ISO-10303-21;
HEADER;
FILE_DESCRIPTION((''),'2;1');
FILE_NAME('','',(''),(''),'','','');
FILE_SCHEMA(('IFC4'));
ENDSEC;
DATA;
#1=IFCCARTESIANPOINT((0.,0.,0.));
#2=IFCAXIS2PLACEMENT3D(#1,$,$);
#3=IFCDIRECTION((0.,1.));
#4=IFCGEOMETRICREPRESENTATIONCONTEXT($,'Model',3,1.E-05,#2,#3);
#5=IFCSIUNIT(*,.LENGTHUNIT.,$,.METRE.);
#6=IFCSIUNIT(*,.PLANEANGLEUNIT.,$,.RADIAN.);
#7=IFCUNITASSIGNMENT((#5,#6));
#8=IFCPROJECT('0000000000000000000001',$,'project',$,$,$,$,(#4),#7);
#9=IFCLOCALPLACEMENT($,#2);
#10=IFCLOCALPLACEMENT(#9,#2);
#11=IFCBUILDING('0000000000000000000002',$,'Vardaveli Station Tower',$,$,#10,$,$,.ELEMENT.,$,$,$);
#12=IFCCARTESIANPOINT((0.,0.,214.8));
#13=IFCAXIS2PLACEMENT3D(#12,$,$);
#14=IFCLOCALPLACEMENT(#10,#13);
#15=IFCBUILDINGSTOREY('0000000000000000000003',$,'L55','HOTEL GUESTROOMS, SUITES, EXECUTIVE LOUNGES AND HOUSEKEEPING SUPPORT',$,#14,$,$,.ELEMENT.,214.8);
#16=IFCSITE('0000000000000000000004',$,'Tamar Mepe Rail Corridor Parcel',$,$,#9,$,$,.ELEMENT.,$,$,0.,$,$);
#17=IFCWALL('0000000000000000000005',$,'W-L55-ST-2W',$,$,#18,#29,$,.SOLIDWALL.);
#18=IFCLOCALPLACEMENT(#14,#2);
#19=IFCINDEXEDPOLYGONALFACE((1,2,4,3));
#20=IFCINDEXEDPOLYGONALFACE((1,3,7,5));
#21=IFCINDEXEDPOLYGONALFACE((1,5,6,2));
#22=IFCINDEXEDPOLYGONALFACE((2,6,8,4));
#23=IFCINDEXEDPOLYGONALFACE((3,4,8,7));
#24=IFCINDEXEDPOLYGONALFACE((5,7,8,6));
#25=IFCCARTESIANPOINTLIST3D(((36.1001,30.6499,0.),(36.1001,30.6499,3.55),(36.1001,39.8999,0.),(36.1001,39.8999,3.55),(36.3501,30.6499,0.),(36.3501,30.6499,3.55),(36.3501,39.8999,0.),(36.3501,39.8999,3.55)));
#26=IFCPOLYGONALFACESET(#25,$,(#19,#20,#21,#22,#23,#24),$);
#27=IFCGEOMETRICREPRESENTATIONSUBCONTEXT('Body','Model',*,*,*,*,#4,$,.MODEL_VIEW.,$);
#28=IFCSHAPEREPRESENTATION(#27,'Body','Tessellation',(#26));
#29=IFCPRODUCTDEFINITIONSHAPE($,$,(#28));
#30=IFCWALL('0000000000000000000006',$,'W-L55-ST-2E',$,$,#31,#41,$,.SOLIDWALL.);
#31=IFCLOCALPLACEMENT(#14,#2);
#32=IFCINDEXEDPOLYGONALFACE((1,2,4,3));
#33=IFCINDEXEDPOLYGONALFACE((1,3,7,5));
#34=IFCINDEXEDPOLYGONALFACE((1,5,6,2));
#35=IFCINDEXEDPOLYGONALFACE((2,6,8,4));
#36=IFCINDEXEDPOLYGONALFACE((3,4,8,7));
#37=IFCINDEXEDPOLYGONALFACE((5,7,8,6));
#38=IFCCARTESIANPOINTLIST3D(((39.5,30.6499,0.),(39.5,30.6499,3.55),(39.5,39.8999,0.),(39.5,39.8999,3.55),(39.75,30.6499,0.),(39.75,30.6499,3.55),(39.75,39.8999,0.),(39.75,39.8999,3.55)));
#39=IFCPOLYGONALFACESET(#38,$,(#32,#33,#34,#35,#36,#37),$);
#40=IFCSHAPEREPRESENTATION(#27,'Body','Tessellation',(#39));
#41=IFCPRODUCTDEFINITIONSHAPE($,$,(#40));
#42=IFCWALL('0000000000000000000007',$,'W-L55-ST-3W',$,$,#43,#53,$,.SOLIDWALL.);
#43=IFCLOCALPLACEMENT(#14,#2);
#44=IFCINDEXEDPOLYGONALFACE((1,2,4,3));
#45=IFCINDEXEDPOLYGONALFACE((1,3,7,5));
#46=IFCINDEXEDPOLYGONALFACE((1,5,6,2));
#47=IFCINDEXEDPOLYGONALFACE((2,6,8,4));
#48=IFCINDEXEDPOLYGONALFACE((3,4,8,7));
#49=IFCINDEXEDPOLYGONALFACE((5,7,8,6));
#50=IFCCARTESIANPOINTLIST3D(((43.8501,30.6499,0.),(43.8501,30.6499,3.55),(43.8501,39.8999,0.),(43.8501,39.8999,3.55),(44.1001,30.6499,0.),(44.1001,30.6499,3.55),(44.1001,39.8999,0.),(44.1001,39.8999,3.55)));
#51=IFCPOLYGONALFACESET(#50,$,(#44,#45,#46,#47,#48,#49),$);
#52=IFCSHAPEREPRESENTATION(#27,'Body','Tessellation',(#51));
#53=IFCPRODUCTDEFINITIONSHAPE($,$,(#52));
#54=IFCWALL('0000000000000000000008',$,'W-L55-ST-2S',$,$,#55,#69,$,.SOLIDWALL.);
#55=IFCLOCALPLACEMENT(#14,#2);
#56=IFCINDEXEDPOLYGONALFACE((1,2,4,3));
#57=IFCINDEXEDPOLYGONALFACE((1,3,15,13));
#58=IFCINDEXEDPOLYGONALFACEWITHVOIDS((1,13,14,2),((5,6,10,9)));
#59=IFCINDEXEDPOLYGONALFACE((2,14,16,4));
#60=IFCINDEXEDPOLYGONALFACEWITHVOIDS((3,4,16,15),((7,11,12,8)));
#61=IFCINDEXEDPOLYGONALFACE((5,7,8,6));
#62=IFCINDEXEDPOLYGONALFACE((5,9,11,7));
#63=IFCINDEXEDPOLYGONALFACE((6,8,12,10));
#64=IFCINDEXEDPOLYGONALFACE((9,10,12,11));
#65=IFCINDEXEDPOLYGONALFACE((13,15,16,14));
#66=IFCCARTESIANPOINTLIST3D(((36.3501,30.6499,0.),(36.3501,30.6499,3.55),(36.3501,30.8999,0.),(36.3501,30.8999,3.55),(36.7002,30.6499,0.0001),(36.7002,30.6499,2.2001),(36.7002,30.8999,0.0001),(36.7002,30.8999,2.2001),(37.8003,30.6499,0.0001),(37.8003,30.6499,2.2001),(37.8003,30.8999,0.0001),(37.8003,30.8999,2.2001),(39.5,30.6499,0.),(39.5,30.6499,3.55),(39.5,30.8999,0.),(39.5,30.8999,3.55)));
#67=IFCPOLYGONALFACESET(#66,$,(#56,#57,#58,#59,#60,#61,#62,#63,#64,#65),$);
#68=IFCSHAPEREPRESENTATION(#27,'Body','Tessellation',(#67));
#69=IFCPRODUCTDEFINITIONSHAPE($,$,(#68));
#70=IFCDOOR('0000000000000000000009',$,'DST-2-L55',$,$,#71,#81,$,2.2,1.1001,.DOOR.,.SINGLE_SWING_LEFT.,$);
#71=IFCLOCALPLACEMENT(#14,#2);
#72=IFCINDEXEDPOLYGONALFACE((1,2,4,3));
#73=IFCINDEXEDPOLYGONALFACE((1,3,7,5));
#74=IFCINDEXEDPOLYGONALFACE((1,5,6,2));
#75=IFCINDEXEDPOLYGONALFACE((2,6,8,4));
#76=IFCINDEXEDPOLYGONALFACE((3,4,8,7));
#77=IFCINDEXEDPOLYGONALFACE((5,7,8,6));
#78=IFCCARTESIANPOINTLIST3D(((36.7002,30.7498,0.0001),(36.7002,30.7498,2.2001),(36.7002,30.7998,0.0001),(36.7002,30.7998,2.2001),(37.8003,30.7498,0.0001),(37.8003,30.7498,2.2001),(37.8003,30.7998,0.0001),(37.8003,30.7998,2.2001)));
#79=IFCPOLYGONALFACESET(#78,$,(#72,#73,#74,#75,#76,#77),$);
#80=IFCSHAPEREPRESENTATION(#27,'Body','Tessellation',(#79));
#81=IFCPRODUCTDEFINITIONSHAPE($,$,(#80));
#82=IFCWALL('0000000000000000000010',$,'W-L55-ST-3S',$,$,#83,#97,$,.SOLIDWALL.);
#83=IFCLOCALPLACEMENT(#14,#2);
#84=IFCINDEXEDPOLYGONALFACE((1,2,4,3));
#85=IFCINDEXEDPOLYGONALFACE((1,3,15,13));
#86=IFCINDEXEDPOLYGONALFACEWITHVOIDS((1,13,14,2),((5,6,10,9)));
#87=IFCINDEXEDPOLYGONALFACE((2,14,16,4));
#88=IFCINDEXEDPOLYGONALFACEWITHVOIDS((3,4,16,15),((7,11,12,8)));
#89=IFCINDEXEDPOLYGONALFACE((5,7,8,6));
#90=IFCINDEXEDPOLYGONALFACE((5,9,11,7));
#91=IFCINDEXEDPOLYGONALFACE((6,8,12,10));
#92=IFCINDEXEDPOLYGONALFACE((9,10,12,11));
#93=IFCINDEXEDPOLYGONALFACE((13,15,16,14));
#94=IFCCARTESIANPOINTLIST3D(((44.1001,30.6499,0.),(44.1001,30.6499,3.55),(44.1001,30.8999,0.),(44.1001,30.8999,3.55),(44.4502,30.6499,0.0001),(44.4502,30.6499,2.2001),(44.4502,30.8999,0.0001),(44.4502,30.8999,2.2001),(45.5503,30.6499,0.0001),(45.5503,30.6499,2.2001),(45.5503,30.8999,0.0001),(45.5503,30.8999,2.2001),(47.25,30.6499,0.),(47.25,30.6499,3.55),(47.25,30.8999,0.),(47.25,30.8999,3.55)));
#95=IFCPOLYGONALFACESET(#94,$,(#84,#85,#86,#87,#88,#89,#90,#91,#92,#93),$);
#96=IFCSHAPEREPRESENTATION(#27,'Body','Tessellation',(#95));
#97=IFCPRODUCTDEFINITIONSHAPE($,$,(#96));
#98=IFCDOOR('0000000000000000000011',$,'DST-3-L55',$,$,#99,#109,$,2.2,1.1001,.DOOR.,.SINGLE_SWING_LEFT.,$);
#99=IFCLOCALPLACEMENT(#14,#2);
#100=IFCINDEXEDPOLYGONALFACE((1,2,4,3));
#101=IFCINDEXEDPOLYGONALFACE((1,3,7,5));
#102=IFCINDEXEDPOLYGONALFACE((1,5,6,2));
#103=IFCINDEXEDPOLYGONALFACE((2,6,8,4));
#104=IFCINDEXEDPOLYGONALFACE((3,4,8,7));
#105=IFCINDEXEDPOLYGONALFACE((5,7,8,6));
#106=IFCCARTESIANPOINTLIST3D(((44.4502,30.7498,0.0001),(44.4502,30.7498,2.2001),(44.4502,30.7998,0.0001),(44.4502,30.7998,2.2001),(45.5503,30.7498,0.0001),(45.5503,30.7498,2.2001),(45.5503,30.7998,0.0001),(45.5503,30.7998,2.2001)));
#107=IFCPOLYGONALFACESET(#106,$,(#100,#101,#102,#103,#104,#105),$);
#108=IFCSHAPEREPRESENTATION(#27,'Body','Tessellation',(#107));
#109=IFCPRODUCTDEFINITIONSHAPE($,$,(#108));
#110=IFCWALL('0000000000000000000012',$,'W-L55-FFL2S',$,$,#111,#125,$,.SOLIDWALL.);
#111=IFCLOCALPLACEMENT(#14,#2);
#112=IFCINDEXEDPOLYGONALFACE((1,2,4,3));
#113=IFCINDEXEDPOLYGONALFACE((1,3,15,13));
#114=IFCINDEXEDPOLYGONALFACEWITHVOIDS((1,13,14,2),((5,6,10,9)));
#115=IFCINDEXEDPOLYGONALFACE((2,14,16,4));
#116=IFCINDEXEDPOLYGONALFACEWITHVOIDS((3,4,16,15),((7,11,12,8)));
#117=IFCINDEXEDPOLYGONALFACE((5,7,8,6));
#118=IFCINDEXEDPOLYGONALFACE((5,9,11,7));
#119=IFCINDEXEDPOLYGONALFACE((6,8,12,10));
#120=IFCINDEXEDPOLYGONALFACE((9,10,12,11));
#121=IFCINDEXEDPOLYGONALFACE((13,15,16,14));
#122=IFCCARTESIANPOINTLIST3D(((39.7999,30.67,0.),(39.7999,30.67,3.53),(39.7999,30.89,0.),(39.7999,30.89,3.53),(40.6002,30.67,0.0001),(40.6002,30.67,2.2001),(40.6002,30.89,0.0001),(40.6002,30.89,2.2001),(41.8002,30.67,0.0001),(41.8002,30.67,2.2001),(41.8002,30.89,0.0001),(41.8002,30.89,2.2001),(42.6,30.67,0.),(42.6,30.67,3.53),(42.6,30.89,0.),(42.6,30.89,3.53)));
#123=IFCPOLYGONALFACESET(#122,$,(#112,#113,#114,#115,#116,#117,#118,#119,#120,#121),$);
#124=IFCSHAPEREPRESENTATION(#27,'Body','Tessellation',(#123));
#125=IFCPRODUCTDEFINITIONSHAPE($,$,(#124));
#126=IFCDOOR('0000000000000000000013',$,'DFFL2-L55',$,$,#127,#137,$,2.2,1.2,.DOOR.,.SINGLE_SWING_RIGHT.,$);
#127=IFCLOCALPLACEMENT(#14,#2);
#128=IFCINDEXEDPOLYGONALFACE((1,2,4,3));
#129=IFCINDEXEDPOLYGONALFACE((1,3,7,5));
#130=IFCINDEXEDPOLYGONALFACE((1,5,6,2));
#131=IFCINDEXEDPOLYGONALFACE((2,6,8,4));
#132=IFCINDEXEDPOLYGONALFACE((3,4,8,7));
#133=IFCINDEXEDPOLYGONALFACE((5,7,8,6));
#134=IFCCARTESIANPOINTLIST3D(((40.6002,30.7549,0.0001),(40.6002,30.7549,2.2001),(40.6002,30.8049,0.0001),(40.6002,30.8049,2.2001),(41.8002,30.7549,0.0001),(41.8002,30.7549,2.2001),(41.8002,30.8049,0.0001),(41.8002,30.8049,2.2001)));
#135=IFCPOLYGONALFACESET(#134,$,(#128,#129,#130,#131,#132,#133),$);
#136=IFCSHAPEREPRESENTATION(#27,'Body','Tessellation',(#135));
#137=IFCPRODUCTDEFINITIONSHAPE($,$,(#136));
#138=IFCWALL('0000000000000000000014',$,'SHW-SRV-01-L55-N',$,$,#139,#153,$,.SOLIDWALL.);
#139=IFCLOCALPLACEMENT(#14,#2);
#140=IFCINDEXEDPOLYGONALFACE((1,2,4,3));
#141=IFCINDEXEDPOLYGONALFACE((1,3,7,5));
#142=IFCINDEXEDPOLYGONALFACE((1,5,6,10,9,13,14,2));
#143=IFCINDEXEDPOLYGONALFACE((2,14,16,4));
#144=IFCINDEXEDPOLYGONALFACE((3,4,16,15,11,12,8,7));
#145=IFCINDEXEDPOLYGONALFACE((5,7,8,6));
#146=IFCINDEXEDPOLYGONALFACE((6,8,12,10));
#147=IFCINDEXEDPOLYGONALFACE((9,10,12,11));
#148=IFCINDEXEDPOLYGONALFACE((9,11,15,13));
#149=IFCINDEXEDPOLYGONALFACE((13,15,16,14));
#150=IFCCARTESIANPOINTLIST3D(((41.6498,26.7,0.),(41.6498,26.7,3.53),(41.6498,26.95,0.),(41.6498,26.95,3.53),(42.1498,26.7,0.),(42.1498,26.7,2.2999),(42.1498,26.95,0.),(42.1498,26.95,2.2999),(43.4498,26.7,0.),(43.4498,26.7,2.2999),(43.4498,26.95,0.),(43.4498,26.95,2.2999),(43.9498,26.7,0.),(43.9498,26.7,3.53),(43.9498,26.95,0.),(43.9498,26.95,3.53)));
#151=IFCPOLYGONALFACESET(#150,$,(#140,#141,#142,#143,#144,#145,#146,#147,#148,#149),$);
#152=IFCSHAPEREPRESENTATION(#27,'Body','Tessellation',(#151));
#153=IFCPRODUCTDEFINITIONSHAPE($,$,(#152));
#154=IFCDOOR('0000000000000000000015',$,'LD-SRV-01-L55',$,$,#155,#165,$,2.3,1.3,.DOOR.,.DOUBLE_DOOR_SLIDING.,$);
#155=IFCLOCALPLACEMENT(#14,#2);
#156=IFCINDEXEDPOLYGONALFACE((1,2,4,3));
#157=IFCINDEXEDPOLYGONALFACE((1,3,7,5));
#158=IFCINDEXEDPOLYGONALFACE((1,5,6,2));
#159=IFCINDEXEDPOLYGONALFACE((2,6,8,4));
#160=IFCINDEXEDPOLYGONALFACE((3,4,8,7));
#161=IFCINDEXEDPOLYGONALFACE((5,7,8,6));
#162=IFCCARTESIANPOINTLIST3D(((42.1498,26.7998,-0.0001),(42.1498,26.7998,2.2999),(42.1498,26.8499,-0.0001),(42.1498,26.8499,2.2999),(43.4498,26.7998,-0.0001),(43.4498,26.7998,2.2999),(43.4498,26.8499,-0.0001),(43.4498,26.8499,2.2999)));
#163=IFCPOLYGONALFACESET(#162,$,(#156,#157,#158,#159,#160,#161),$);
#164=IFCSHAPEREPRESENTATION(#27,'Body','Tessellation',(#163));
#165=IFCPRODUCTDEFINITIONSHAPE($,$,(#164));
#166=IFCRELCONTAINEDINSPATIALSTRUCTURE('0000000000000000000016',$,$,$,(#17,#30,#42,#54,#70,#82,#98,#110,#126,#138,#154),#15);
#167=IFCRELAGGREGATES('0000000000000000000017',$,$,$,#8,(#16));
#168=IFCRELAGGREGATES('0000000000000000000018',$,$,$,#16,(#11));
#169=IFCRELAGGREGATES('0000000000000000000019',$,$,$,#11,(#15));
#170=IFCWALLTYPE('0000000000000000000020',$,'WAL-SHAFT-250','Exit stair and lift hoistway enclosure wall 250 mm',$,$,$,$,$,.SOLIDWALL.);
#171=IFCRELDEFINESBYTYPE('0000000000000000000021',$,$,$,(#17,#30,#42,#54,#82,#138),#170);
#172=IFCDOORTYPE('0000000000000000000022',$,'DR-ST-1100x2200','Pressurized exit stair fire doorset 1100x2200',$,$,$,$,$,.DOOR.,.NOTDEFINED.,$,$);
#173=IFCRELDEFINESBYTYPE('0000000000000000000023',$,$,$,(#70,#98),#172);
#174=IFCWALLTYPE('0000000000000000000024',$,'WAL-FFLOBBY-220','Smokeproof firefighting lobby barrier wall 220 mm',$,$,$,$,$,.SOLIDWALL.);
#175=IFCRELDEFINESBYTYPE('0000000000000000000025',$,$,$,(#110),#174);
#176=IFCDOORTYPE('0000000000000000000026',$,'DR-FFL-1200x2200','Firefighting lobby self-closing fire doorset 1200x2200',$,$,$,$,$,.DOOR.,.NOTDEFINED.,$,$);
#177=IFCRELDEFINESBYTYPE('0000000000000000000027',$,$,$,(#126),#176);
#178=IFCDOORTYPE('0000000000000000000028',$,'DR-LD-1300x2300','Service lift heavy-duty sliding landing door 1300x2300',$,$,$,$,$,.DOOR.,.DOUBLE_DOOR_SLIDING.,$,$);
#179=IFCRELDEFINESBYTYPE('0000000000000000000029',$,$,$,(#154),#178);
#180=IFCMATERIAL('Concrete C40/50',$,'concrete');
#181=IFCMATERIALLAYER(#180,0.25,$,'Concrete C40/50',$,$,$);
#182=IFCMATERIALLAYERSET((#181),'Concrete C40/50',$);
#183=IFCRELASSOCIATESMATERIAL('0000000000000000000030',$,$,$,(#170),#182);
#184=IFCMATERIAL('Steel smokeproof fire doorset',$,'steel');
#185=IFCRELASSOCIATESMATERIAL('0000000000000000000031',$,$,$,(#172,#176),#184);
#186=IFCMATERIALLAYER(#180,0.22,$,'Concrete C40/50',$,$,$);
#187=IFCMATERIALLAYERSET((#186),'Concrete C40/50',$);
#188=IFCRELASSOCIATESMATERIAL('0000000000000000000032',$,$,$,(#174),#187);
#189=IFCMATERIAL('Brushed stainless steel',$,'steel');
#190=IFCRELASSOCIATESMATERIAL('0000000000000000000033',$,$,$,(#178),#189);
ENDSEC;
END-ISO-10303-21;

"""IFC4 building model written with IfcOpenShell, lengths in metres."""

from ifc_helpers import new_model, si_unit, direction, frame, frame_2d, origin, place, context, subcontext, project, spatial, rectangle, extrude, source, transform, mapped, material, layer, layer_set, type_object, element, fill, save


model = new_model("IFC4")

# Units and contexts
model_context = context("Model", 3, precision=1e-05, world=origin(), true_north=direction((0.0, 1.0)))
body_context = subcontext(model_context, "Body", "Model", "MODEL_VIEW")
ifc_project = project(units=[si_unit("LENGTHUNIT", "METRE"), si_unit("PLANEANGLEUNIT", "RADIAN")], contexts=[model_context])

# Site, building, storey
site_placement = place(None, origin())
site = spatial("IfcSite", under=ifc_project, at=site_placement, Name="Tamar Mepe Rail Corridor Parcel", CompositionType="ELEMENT", RefElevation=0.0)
building_placement = place(site_placement, origin())
building = spatial("IfcBuilding", under=site, at=building_placement, Name="Vardaveli Station Tower", CompositionType="ELEMENT")
storey_placement = place(building_placement, frame((0.0, 0.0, 214.8)))
storey = spatial("IfcBuildingStorey", under=building, at=storey_placement, Name="L55", Description="HOTEL GUESTROOMS, SUITES, EXECUTIVE LOUNGES AND HOUSEKEEPING SUPPORT", CompositionType="ELEMENT", Elevation=214.8)

# Walls
ifc_material_1 = material(Name="Concrete C40/50", Category="concrete")
ifc_layer_1 = layer(ifc_material_1, 0.25, Name="Concrete C40/50")
ifc_layer_set_1 = layer_set([ifc_layer_1], Name="Concrete C40/50")
wall_type_1 = type_object("IfcWallType", Name="WAL-SHAFT-250", Description="Exit stair and lift hoistway enclosure wall 250 mm", PredefinedType="SOLIDWALL", material=ifc_layer_set_1)
shared_shape_1 = source(origin(), body_context, "Body", "SweptSolid", [
    extrude(rectangle(XDim=9.25, YDim=0.25, at=frame_2d((4.625, 0.0))), origin(), (0.0, 0.0, 1.0), 3.55),
])
for number, where, z_axis, x_axis, name in (
    (1, (36.2251, 30.6499, 0.0), (0.0, 0.0, 1.0), (0.0, 1.0, 0.0), "W-L55-ST-2W"),
    (2, (39.625, 30.6499, 0.0), (0.0, 0.0, 1.0), (0.0, 1.0, 0.0), "W-L55-ST-2E"),
    (3, (43.9751, 30.6499, 0.0), (0.0, 0.0, 1.0), (0.0, 1.0, 0.0), "W-L55-ST-3W"),
):
    element("IfcWall", number, at=place(storey_placement, frame(where, z_axis=z_axis, x_axis=x_axis)), inside=storey, type_object=wall_type_1, Name=name, PredefinedType="SOLIDWALL", context=body_context, shape_type="MappedRepresentation", body=[
        mapped(shared_shape_1, transform((0.0, 0.0, 0.0), scale=1.0)),
    ])

# Walls, openings, doors
shared_shape_2 = source(origin(), body_context, "Body", "SweptSolid", [
    extrude(rectangle(XDim=3.1499, YDim=0.25, at=frame_2d((1.575, 0.0))), origin(), (0.0, 0.0, 1.0), 3.55),
])
wall_1_placement = place(storey_placement, frame((36.3501, 30.7749, 0.0), z_axis=(0.0, 0.0, 1.0), x_axis=(1.0, 0.0, 0.0)))
wall_1 = element("IfcWall", 4, at=wall_1_placement, inside=storey, type_object=wall_type_1, Name="W-L55-ST-2S", PredefinedType="SOLIDWALL", context=body_context, shape_type="MappedRepresentation", body=[
    mapped(shared_shape_2, transform((0.0, 0.0, 0.0), scale=1.0)),
])
shared_shape_3 = source(origin(), body_context, "Body", "SweptSolid", [
    extrude(rectangle(XDim=1.1001, YDim=2.2, at=frame_2d((0.55, 1.1001))), frame((0.0, 0.135, 0.0), z_axis=(0.0, -1.0, 0.0), x_axis=(1.0, 0.0, 0.0)), (0.0, 0.0, 1.0), 0.27),
])
opening_1_placement = place(wall_1_placement, frame((0.3501, 0.0, 0.0)))
opening_1 = element("IfcOpeningElement", 5, at=opening_1_placement, cuts=wall_1, PredefinedType="OPENING", context=body_context, shape_type="MappedRepresentation", body=[
    mapped(shared_shape_3, transform((0.0, 0.0, 0.0), scale=1.0)),
])
ifc_material_2 = material(Name="Steel smokeproof fire doorset", Category="steel")
door_type_1 = type_object("IfcDoorType", Name="DR-ST-1100x2200", Description="Pressurized exit stair fire doorset 1100x2200", OperationType="NOTDEFINED", PredefinedType="DOOR", material=ifc_material_2)
shared_shape_4 = source(origin(), body_context, "Body", "SweptSolid", [
    extrude(rectangle(XDim=1.1001, YDim=2.2, at=frame_2d((0.55, 1.1001))), frame((0.0, 0.0249, 0.0), z_axis=(0.0, -1.0, 0.0), x_axis=(1.0, 0.0, 0.0)), (0.0, 0.0, 1.0), 0.05),
])
door_1_placement = place(opening_1_placement, origin())
door_1 = element("IfcDoor", 6, at=door_1_placement, inside=storey, type_object=door_type_1, Name="DST-2-L55", OperationType="SINGLE_SWING_LEFT", OverallHeight=2.2, OverallWidth=1.1001, PredefinedType="DOOR", context=body_context, shape_type="MappedRepresentation", body=[
    mapped(shared_shape_4, transform((0.0, 0.0, 0.0), scale=1.0)),
])
fill(opening_1, door_1)
wall_2_placement = place(storey_placement, frame((44.1001, 30.7749, 0.0), z_axis=(0.0, 0.0, 1.0), x_axis=(1.0, 0.0, 0.0)))
wall_2 = element("IfcWall", 7, at=wall_2_placement, inside=storey, type_object=wall_type_1, Name="W-L55-ST-3S", PredefinedType="SOLIDWALL", context=body_context, shape_type="MappedRepresentation", body=[
    mapped(shared_shape_2, transform((0.0, 0.0, 0.0), scale=1.0)),
])
opening_2_placement = place(wall_2_placement, frame((0.3501, 0.0, 0.0)))
opening_2 = element("IfcOpeningElement", 8, at=opening_2_placement, cuts=wall_2, PredefinedType="OPENING", context=body_context, shape_type="MappedRepresentation", body=[
    mapped(shared_shape_3, transform((0.0, 0.0, 0.0), scale=1.0)),
])
door_2_placement = place(opening_2_placement, origin())
door_2 = element("IfcDoor", 9, at=door_2_placement, inside=storey, type_object=door_type_1, Name="DST-3-L55", OperationType="SINGLE_SWING_LEFT", OverallHeight=2.2, OverallWidth=1.1001, PredefinedType="DOOR", context=body_context, shape_type="MappedRepresentation", body=[
    mapped(shared_shape_4, transform((0.0, 0.0, 0.0), scale=1.0)),
])
fill(opening_2, door_2)
ifc_layer_2 = layer(ifc_material_1, 0.22, Name="Concrete C40/50")
ifc_layer_set_2 = layer_set([ifc_layer_2], Name="Concrete C40/50")
wall_type_2 = type_object("IfcWallType", Name="WAL-FFLOBBY-220", Description="Smokeproof firefighting lobby barrier wall 220 mm", PredefinedType="SOLIDWALL", material=ifc_layer_set_2)
shared_shape_5 = source(origin(), body_context, "Body", "SweptSolid", [
    extrude(rectangle(XDim=2.8, YDim=0.22, at=frame_2d((1.3999, 0.0))), origin(), (0.0, 0.0, 1.0), 3.53),
])
wall_3_placement = place(storey_placement, frame((39.8, 30.78, 0.0), z_axis=(0.0, 0.0, 1.0), x_axis=(1.0, 0.0, 0.0)))
wall_3 = element("IfcWall", 10, at=wall_3_placement, inside=storey, type_object=wall_type_2, Name="W-L55-FFL2S", PredefinedType="SOLIDWALL", context=body_context, shape_type="MappedRepresentation", body=[
    mapped(shared_shape_5, transform((0.0, 0.0, 0.0), scale=1.0)),
])
shared_shape_6 = source(origin(), body_context, "Body", "SweptSolid", [
    extrude(rectangle(XDim=1.2, YDim=2.2, at=frame_2d((0.6001, 1.1001))), frame((0.0, 0.1201, 0.0), z_axis=(0.0, -1.0, 0.0), x_axis=(1.0, 0.0, 0.0)), (0.0, 0.0, 1.0), 0.24),
])
opening_3_placement = place(wall_3_placement, frame((0.8, 0.0, 0.0)))
opening_3 = element("IfcOpeningElement", 11, at=opening_3_placement, cuts=wall_3, PredefinedType="OPENING", context=body_context, shape_type="MappedRepresentation", body=[
    mapped(shared_shape_6, transform((0.0, 0.0, 0.0), scale=1.0)),
])
door_type_2 = type_object("IfcDoorType", Name="DR-FFL-1200x2200", Description="Firefighting lobby self-closing fire doorset 1200x2200", OperationType="NOTDEFINED", PredefinedType="DOOR", material=ifc_material_2)
shared_shape_7 = source(origin(), body_context, "Body", "SweptSolid", [
    extrude(rectangle(XDim=1.2, YDim=2.2, at=frame_2d((0.6001, 1.1001))), frame((0.0, 0.0249, 0.0), z_axis=(0.0, -1.0, 0.0), x_axis=(1.0, 0.0, 0.0)), (0.0, 0.0, 1.0), 0.05),
])
door_3_placement = place(opening_3_placement, origin())
door_3 = element("IfcDoor", 12, at=door_3_placement, inside=storey, type_object=door_type_2, Name="DFFL2-L55", OperationType="SINGLE_SWING_RIGHT", OverallHeight=2.2, OverallWidth=1.2, PredefinedType="DOOR", context=body_context, shape_type="MappedRepresentation", body=[
    mapped(shared_shape_7, transform((0.0, 0.0, 0.0), scale=1.0)),
])
fill(opening_3, door_3)
shared_shape_8 = source(origin(), body_context, "Body", "SweptSolid", [
    extrude(rectangle(XDim=2.3, YDim=0.25, at=frame_2d((1.1499, 0.0))), origin(), (0.0, 0.0, 1.0), 3.53),
])
wall_4_placement = place(storey_placement, frame((41.6499, 26.825, 0.0), z_axis=(0.0, 0.0, 1.0), x_axis=(1.0, 0.0, 0.0)))
wall_4 = element("IfcWall", 13, at=wall_4_placement, inside=storey, type_object=wall_type_1, Name="SHW-SRV-01-L55-N", PredefinedType="SOLIDWALL", context=body_context, shape_type="MappedRepresentation", body=[
    mapped(shared_shape_8, transform((0.0, 0.0, 0.0), scale=1.0)),
])
shared_shape_9 = source(origin(), body_context, "Body", "SweptSolid", [
    extrude(rectangle(XDim=1.3, YDim=2.3, at=frame_2d((0.6499, 1.1499))), frame((0.0, 0.135, 0.0), z_axis=(0.0, -1.0, 0.0), x_axis=(1.0, 0.0, 0.0)), (0.0, 0.0, 1.0), 0.27),
])
opening_4_placement = place(wall_4_placement, frame((0.5, 0.0, 0.0)))
opening_4 = element("IfcOpeningElement", 14, at=opening_4_placement, cuts=wall_4, PredefinedType="OPENING", context=body_context, shape_type="MappedRepresentation", body=[
    mapped(shared_shape_9, transform((0.0, 0.0, 0.0), scale=1.0)),
])
ifc_material_3 = material(Name="Brushed stainless steel", Category="steel")
door_type_3 = type_object("IfcDoorType", Name="DR-LD-1300x2300", Description="Service lift heavy-duty sliding landing door 1300x2300", OperationType="DOUBLE_DOOR_SLIDING", PredefinedType="DOOR", material=ifc_material_3)
shared_shape_10 = source(origin(), body_context, "Body", "SweptSolid", [
    extrude(rectangle(XDim=1.3, YDim=2.3, at=frame_2d((0.6499, 1.1499))), frame((0.0, 0.0249, 0.0), z_axis=(0.0, -1.0, 0.0), x_axis=(1.0, 0.0, 0.0)), (0.0, 0.0, 1.0), 0.05),
])
door_4_placement = place(opening_4_placement, origin())
door_4 = element("IfcDoor", 15, at=door_4_placement, inside=storey, type_object=door_type_3, Name="LD-SRV-01-L55", OperationType="DOUBLE_DOOR_SLIDING", OverallHeight=2.3, OverallWidth=1.3, PredefinedType="DOOR", context=body_context, shape_type="MappedRepresentation", body=[
    mapped(shared_shape_10, transform((0.0, 0.0, 0.0), scale=1.0)),
])
fill(opening_4, door_4)

save(model, "model.ifc")
